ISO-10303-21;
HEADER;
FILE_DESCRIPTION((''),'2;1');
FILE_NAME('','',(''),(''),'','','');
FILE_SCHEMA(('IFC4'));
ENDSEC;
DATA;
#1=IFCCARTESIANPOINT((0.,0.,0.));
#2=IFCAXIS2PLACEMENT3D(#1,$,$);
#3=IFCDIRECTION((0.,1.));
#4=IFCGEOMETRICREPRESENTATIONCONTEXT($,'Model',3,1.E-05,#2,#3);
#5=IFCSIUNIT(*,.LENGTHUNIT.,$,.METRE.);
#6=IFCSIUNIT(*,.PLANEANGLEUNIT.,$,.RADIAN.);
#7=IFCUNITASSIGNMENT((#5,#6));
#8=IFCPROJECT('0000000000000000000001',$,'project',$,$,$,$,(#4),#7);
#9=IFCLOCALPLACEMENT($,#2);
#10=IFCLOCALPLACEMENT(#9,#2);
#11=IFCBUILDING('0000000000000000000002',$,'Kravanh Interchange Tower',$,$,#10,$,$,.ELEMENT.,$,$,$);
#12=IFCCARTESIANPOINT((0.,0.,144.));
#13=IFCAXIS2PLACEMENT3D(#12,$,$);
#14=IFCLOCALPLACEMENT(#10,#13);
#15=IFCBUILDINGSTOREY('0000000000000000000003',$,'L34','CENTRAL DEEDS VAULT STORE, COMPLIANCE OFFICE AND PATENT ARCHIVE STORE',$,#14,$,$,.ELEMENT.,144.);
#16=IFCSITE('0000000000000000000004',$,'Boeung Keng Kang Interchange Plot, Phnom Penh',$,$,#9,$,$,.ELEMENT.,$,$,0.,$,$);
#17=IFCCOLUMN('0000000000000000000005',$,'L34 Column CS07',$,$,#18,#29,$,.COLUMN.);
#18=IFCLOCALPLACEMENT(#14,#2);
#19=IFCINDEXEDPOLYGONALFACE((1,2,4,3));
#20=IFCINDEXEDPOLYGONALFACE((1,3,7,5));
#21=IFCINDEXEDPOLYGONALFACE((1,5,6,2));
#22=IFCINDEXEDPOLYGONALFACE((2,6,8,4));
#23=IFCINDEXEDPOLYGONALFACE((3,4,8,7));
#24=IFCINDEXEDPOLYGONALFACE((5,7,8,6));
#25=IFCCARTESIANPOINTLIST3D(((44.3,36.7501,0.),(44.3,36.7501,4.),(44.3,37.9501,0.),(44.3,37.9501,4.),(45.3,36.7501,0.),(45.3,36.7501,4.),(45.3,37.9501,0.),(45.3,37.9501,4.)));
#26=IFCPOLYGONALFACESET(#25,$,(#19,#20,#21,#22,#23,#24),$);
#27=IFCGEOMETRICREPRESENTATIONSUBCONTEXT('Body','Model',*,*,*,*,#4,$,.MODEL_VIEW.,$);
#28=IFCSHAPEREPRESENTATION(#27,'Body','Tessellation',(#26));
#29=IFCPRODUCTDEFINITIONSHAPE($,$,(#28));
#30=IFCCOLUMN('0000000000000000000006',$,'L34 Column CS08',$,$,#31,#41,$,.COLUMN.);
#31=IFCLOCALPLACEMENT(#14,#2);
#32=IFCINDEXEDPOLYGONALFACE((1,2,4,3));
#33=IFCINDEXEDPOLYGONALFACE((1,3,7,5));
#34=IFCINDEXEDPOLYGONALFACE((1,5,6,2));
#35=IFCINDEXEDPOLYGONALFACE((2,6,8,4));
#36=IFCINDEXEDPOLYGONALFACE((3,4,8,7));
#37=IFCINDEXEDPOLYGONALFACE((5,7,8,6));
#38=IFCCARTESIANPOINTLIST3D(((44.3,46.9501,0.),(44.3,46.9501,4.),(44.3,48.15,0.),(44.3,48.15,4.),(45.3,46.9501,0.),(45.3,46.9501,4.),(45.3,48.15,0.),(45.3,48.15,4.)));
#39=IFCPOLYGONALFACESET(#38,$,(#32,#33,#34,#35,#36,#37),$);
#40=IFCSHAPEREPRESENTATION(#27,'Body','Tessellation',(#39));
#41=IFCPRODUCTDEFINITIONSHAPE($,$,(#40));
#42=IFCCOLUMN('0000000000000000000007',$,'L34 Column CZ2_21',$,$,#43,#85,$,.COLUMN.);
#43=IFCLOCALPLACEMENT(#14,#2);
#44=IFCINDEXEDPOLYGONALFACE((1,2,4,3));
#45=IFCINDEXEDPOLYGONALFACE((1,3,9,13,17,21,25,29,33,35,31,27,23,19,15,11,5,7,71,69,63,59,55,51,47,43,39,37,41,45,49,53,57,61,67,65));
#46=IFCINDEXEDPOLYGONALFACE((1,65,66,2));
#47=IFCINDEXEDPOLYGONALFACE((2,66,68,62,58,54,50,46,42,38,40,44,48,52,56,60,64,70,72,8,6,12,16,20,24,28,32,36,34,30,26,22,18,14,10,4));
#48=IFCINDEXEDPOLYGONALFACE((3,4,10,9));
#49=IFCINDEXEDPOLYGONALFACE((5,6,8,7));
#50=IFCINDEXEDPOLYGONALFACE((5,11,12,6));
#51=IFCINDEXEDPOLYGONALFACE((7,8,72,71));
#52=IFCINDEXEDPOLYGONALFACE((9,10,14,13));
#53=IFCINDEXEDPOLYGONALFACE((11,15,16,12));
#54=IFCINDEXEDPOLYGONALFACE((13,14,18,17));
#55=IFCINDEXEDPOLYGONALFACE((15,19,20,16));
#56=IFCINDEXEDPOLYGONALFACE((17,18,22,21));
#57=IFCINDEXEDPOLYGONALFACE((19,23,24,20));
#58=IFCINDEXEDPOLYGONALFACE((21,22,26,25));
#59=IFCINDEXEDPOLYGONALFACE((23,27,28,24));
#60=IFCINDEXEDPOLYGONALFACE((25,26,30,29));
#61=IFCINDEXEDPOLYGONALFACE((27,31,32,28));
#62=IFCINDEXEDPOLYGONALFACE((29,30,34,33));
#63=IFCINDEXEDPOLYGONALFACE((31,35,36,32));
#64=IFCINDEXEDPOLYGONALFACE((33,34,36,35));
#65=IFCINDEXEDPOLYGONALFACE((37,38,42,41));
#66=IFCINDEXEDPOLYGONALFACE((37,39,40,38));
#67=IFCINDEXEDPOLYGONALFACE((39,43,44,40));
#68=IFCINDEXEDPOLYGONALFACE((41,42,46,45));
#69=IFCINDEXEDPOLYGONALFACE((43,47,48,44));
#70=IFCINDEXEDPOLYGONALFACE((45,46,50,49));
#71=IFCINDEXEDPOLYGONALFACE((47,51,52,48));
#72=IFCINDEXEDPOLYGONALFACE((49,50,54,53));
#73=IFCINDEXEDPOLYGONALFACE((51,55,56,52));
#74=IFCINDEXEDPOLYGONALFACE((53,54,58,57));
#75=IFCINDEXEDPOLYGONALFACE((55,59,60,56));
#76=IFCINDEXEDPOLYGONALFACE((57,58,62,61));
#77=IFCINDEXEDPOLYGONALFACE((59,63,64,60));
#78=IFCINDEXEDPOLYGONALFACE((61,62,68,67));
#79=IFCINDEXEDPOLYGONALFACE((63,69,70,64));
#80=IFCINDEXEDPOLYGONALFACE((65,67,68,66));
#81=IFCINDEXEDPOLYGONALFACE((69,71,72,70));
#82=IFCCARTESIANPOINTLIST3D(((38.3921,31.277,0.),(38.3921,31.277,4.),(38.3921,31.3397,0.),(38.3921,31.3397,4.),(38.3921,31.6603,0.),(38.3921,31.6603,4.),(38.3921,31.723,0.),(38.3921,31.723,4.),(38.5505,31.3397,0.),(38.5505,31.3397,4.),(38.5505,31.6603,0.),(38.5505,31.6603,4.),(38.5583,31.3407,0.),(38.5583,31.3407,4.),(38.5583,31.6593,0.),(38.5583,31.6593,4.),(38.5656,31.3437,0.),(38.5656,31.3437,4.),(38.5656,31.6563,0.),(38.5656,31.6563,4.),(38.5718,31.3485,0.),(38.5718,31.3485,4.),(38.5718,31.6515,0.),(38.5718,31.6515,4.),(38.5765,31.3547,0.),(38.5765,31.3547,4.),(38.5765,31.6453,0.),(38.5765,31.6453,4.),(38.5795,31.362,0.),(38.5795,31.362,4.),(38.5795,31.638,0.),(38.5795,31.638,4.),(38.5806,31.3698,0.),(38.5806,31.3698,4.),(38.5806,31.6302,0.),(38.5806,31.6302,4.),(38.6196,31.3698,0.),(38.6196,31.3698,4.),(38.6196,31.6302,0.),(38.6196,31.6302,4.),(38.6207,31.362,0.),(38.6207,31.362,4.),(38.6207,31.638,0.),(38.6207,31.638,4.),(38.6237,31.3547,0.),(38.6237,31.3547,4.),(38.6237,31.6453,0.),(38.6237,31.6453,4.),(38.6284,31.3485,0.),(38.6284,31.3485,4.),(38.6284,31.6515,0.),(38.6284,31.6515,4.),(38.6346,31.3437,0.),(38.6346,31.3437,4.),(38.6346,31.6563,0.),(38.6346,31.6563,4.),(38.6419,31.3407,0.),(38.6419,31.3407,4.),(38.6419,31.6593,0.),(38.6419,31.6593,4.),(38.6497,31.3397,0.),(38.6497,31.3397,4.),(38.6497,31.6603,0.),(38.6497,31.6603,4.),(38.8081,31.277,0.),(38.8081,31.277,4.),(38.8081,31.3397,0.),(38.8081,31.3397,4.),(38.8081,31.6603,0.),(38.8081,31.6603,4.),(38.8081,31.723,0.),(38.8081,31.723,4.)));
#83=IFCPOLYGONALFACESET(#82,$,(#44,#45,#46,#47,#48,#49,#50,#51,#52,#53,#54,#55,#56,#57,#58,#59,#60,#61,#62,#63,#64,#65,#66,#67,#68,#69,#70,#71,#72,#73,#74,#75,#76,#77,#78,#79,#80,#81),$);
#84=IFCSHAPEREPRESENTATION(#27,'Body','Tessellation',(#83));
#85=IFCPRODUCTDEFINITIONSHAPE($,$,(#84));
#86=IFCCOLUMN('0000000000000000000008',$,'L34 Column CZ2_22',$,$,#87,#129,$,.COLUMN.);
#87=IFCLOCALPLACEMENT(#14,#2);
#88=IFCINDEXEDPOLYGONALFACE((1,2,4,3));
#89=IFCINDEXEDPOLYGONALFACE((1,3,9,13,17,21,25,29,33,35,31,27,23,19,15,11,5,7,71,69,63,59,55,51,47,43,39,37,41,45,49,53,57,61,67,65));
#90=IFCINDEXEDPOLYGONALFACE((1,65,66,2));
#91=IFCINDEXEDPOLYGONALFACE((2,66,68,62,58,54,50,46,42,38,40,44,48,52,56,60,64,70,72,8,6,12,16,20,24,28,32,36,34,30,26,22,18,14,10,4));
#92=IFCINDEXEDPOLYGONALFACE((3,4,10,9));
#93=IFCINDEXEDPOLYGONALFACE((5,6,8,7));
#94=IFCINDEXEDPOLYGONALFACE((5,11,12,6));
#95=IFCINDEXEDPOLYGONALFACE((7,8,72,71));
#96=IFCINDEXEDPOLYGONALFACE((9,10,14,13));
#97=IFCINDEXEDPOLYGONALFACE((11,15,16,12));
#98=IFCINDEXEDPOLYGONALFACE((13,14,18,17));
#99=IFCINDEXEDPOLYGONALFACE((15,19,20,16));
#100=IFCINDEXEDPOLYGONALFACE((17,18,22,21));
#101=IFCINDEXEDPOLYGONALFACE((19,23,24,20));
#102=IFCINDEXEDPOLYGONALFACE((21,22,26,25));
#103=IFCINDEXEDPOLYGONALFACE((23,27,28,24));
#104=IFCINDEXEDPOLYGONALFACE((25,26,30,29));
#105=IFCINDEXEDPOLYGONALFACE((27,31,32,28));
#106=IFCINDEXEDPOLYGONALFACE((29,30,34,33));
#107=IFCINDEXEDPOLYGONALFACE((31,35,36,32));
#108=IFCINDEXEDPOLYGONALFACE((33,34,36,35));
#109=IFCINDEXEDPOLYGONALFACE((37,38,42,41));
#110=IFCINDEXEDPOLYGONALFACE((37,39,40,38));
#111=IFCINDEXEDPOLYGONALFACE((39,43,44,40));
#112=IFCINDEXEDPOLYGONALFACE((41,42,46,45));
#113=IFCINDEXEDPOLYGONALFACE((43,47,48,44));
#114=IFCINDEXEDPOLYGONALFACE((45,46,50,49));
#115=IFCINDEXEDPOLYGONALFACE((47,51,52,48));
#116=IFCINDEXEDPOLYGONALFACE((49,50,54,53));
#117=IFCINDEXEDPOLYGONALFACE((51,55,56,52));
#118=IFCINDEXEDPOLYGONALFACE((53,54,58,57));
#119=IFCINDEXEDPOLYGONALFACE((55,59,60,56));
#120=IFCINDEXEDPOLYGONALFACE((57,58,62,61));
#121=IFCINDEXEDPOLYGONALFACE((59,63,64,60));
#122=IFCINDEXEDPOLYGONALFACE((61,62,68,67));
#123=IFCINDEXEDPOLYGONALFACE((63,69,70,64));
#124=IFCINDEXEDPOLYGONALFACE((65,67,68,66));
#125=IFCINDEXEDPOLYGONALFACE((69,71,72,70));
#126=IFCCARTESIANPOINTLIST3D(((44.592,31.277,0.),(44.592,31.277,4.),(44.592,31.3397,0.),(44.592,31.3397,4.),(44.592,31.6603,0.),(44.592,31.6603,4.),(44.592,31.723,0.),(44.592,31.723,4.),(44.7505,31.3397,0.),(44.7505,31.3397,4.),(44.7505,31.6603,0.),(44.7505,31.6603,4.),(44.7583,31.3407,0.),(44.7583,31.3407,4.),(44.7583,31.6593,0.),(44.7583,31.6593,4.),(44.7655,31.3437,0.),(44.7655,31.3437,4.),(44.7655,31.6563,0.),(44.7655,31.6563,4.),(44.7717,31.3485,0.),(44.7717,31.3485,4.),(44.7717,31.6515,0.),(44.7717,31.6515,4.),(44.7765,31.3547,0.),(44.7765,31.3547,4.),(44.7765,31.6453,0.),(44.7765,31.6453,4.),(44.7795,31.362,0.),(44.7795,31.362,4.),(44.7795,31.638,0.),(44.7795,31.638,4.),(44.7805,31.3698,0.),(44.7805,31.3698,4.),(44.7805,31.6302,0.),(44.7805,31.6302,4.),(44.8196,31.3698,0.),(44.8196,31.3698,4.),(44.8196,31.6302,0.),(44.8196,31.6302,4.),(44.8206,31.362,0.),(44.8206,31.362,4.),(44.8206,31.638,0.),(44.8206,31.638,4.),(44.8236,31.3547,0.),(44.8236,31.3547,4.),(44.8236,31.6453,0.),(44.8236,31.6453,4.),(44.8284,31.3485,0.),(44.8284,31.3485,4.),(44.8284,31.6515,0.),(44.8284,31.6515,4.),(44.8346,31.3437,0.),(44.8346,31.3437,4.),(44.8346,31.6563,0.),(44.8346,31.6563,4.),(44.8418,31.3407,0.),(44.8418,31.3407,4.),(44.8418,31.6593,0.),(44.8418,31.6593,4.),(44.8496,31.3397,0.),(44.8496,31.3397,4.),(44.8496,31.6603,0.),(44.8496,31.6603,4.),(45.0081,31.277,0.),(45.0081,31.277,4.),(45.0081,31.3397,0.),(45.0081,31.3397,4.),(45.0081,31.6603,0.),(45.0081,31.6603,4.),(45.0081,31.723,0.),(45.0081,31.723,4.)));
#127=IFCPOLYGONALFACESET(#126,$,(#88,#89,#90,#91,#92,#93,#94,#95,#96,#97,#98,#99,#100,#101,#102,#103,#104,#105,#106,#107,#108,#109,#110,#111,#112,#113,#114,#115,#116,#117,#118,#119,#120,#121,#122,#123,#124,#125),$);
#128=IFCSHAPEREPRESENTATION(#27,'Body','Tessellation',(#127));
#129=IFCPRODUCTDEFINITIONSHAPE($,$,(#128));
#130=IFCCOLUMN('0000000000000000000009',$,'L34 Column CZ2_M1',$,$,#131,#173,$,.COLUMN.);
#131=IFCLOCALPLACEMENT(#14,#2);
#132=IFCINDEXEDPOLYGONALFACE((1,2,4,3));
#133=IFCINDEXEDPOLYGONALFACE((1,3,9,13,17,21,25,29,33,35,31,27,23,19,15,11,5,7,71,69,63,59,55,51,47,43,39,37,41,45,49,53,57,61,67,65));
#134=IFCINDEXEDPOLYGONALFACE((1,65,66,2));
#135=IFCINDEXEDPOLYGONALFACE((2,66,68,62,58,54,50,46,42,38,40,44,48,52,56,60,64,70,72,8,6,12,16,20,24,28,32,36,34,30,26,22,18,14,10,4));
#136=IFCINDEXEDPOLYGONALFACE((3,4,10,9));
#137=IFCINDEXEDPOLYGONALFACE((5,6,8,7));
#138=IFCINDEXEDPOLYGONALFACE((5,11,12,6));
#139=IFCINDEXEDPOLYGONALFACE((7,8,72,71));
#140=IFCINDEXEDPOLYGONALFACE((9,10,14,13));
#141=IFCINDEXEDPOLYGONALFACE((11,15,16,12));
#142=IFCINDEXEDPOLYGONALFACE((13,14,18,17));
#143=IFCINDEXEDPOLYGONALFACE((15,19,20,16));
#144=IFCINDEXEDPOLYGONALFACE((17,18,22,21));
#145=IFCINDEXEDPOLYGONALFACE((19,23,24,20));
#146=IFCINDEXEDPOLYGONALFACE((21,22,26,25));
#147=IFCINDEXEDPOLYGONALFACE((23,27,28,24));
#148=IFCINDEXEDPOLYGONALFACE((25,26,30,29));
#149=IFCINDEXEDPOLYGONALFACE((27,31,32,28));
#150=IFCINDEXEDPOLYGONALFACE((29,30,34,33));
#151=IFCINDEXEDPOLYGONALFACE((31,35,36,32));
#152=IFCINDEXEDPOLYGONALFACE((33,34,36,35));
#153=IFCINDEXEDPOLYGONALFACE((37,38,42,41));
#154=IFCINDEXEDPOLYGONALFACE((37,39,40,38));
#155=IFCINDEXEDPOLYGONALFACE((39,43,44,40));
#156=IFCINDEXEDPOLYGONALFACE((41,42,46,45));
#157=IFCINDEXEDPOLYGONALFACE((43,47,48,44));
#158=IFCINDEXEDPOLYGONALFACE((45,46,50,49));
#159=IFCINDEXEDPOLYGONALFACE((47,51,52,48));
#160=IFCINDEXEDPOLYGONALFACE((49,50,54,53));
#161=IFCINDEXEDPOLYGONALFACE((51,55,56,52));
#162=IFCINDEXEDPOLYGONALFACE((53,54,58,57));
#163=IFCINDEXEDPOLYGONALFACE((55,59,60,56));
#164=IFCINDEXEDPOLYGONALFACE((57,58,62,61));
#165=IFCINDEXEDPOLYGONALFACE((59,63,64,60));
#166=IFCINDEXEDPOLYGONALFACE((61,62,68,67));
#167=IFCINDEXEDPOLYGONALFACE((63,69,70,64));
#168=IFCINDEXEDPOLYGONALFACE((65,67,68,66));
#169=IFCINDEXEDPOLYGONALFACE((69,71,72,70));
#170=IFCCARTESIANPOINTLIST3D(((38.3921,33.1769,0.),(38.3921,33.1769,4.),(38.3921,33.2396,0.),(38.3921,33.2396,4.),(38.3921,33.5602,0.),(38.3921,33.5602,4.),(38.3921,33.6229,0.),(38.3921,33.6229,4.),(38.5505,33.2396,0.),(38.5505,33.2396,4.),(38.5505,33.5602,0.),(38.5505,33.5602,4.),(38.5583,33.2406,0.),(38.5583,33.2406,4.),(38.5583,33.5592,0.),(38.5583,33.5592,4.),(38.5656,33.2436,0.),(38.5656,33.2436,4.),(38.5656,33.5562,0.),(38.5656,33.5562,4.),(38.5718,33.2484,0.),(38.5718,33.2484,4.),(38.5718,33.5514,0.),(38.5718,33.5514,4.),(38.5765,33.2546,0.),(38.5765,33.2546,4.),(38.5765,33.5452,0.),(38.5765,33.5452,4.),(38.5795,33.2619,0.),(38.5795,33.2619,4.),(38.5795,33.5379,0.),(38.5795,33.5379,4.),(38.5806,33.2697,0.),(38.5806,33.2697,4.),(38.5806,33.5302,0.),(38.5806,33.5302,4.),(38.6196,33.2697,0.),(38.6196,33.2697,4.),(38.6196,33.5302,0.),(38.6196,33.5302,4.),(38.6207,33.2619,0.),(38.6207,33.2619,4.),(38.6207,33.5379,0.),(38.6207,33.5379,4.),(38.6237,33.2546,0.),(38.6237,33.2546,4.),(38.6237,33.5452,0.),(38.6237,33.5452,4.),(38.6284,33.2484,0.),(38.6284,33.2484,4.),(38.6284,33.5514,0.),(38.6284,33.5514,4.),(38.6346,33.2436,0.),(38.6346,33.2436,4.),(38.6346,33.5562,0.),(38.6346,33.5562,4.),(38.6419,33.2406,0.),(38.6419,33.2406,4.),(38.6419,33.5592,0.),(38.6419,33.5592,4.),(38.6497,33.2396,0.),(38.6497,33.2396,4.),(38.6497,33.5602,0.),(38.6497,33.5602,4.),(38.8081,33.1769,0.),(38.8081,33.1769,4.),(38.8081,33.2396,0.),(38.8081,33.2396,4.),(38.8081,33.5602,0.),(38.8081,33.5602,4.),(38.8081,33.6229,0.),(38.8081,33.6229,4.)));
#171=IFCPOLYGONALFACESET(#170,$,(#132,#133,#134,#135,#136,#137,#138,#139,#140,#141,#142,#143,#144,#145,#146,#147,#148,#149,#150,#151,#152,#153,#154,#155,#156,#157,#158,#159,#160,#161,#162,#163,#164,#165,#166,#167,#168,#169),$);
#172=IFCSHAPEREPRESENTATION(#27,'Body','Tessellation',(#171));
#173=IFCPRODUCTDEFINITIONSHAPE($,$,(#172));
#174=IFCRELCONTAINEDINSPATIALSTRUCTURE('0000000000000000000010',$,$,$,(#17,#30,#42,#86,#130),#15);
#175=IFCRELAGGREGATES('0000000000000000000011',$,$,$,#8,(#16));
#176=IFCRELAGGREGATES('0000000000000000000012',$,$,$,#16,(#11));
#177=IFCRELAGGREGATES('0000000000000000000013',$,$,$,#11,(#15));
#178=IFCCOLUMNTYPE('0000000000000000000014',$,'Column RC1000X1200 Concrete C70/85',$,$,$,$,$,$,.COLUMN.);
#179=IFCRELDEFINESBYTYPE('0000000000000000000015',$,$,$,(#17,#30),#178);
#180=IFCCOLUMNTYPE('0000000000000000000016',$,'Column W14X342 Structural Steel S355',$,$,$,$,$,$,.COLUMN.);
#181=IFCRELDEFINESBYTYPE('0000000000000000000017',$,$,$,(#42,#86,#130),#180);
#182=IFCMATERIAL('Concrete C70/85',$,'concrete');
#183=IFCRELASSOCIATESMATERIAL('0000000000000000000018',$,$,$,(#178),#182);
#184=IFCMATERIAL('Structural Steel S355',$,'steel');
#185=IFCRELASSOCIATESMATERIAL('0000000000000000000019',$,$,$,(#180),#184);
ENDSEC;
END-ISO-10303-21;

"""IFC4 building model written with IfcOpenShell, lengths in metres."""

from ifc_helpers import new_model, si_unit, direction, frame, origin, origin_2d, place, context, subcontext, project, spatial, rectangle, i_section, extrude, material, material_profile, profile_set, type_object, element, save


model = new_model("IFC4")

# Units and contexts
model_context = context("Model", 3, precision=1e-05, world=origin(), true_north=direction((0.0, 1.0)))
body_context = subcontext(model_context, "Body", "Model", "MODEL_VIEW")
ifc_project = project(units=[si_unit("LENGTHUNIT", "METRE"), si_unit("PLANEANGLEUNIT", "RADIAN")], contexts=[model_context])

# Site, building, storey
site_placement = place(None, origin())
site = spatial("IfcSite", under=ifc_project, at=site_placement, Name="Boeung Keng Kang Interchange Plot, Phnom Penh", CompositionType="ELEMENT", RefElevation=0.0)
building_placement = place(site_placement, origin())
building = spatial("IfcBuilding", under=site, at=building_placement, Name="Kravanh Interchange Tower", CompositionType="ELEMENT")
storey_placement = place(building_placement, frame((0.0, 0.0, 144.0)))
storey = spatial("IfcBuildingStorey", under=building, at=storey_placement, Name="L34", Description="CENTRAL DEEDS VAULT STORE, COMPLIANCE OFFICE AND PATENT ARCHIVE STORE", CompositionType="ELEMENT", Elevation=144.0)

# Columns
ifc_material_1 = material(Name="Concrete C70/85", Category="concrete")
ifc_material_profile_1 = material_profile(ifc_material_1, rectangle(XDim=1.0, YDim=1.2, at=origin_2d()), Name="RC1000X1200")
ifc_profile_set_1 = profile_set([ifc_material_profile_1], Name="Concrete C70/85")
column_type_1 = type_object("IfcColumnType", Name="Column RC1000X1200 Concrete C70/85", PredefinedType="COLUMN", material=ifc_profile_set_1)
for number, where, z_axis, x_axis, name in (
    (1, (44.8, 37.3501, 0.0), (0.0, 0.0, 1.0), (1.0, 0.0, 0.0), "L34 Column CS07"),
    (2, (44.8, 47.55, 0.0), (0.0, 0.0, 1.0), (1.0, 0.0, 0.0), "L34 Column CS08"),
):
    element("IfcColumn", number, at=place(storey_placement, frame(where, z_axis=z_axis, x_axis=x_axis)), inside=storey, type_object=column_type_1, Name=name, PredefinedType="COLUMN", context=body_context, shape_type="SweptSolid", body=[
        extrude(rectangle(XDim=1.0, YDim=1.2, at=origin_2d()), origin(), (0.0, 0.0, 1.0), 4.0),
    ])
ifc_material_2 = material(Name="Structural Steel S355", Category="steel")
ifc_material_profile_2 = material_profile(ifc_material_2, i_section(OverallWidth=0.416, OverallDepth=0.446, WebThickness=0.0391, FlangeThickness=0.0627, FilletRadius=0.03, at=origin_2d()), Name="W14X342")
ifc_profile_set_2 = profile_set([ifc_material_profile_2], Name="Structural Steel S355")
column_type_2 = type_object("IfcColumnType", Name="Column W14X342 Structural Steel S355", PredefinedType="COLUMN", material=ifc_profile_set_2)
for number, where, z_axis, x_axis, name in (
    (3, (38.6001, 31.5, 0.0), (0.0, 0.0, 1.0), (1.0, 0.0, 0.0), "L34 Column CZ2_21"),
    (4, (44.8, 31.5, 0.0), (0.0, 0.0, 1.0), (1.0, 0.0, 0.0), "L34 Column CZ2_22"),
    (5, (38.6001, 33.3999, 0.0), (0.0, 0.0, 1.0), (1.0, 0.0, 0.0), "L34 Column CZ2_M1"),
):
    element("IfcColumn", number, at=place(storey_placement, frame(where, z_axis=z_axis, x_axis=x_axis)), inside=storey, type_object=column_type_2, Name=name, PredefinedType="COLUMN", context=body_context, shape_type="SweptSolid", body=[
        extrude(i_section(OverallWidth=0.416, OverallDepth=0.446, WebThickness=0.0391, FlangeThickness=0.0627, FilletRadius=0.03, at=origin_2d()), origin(), (0.0, 0.0, 1.0), 4.0),
    ])

save(model, "model.ifc")
